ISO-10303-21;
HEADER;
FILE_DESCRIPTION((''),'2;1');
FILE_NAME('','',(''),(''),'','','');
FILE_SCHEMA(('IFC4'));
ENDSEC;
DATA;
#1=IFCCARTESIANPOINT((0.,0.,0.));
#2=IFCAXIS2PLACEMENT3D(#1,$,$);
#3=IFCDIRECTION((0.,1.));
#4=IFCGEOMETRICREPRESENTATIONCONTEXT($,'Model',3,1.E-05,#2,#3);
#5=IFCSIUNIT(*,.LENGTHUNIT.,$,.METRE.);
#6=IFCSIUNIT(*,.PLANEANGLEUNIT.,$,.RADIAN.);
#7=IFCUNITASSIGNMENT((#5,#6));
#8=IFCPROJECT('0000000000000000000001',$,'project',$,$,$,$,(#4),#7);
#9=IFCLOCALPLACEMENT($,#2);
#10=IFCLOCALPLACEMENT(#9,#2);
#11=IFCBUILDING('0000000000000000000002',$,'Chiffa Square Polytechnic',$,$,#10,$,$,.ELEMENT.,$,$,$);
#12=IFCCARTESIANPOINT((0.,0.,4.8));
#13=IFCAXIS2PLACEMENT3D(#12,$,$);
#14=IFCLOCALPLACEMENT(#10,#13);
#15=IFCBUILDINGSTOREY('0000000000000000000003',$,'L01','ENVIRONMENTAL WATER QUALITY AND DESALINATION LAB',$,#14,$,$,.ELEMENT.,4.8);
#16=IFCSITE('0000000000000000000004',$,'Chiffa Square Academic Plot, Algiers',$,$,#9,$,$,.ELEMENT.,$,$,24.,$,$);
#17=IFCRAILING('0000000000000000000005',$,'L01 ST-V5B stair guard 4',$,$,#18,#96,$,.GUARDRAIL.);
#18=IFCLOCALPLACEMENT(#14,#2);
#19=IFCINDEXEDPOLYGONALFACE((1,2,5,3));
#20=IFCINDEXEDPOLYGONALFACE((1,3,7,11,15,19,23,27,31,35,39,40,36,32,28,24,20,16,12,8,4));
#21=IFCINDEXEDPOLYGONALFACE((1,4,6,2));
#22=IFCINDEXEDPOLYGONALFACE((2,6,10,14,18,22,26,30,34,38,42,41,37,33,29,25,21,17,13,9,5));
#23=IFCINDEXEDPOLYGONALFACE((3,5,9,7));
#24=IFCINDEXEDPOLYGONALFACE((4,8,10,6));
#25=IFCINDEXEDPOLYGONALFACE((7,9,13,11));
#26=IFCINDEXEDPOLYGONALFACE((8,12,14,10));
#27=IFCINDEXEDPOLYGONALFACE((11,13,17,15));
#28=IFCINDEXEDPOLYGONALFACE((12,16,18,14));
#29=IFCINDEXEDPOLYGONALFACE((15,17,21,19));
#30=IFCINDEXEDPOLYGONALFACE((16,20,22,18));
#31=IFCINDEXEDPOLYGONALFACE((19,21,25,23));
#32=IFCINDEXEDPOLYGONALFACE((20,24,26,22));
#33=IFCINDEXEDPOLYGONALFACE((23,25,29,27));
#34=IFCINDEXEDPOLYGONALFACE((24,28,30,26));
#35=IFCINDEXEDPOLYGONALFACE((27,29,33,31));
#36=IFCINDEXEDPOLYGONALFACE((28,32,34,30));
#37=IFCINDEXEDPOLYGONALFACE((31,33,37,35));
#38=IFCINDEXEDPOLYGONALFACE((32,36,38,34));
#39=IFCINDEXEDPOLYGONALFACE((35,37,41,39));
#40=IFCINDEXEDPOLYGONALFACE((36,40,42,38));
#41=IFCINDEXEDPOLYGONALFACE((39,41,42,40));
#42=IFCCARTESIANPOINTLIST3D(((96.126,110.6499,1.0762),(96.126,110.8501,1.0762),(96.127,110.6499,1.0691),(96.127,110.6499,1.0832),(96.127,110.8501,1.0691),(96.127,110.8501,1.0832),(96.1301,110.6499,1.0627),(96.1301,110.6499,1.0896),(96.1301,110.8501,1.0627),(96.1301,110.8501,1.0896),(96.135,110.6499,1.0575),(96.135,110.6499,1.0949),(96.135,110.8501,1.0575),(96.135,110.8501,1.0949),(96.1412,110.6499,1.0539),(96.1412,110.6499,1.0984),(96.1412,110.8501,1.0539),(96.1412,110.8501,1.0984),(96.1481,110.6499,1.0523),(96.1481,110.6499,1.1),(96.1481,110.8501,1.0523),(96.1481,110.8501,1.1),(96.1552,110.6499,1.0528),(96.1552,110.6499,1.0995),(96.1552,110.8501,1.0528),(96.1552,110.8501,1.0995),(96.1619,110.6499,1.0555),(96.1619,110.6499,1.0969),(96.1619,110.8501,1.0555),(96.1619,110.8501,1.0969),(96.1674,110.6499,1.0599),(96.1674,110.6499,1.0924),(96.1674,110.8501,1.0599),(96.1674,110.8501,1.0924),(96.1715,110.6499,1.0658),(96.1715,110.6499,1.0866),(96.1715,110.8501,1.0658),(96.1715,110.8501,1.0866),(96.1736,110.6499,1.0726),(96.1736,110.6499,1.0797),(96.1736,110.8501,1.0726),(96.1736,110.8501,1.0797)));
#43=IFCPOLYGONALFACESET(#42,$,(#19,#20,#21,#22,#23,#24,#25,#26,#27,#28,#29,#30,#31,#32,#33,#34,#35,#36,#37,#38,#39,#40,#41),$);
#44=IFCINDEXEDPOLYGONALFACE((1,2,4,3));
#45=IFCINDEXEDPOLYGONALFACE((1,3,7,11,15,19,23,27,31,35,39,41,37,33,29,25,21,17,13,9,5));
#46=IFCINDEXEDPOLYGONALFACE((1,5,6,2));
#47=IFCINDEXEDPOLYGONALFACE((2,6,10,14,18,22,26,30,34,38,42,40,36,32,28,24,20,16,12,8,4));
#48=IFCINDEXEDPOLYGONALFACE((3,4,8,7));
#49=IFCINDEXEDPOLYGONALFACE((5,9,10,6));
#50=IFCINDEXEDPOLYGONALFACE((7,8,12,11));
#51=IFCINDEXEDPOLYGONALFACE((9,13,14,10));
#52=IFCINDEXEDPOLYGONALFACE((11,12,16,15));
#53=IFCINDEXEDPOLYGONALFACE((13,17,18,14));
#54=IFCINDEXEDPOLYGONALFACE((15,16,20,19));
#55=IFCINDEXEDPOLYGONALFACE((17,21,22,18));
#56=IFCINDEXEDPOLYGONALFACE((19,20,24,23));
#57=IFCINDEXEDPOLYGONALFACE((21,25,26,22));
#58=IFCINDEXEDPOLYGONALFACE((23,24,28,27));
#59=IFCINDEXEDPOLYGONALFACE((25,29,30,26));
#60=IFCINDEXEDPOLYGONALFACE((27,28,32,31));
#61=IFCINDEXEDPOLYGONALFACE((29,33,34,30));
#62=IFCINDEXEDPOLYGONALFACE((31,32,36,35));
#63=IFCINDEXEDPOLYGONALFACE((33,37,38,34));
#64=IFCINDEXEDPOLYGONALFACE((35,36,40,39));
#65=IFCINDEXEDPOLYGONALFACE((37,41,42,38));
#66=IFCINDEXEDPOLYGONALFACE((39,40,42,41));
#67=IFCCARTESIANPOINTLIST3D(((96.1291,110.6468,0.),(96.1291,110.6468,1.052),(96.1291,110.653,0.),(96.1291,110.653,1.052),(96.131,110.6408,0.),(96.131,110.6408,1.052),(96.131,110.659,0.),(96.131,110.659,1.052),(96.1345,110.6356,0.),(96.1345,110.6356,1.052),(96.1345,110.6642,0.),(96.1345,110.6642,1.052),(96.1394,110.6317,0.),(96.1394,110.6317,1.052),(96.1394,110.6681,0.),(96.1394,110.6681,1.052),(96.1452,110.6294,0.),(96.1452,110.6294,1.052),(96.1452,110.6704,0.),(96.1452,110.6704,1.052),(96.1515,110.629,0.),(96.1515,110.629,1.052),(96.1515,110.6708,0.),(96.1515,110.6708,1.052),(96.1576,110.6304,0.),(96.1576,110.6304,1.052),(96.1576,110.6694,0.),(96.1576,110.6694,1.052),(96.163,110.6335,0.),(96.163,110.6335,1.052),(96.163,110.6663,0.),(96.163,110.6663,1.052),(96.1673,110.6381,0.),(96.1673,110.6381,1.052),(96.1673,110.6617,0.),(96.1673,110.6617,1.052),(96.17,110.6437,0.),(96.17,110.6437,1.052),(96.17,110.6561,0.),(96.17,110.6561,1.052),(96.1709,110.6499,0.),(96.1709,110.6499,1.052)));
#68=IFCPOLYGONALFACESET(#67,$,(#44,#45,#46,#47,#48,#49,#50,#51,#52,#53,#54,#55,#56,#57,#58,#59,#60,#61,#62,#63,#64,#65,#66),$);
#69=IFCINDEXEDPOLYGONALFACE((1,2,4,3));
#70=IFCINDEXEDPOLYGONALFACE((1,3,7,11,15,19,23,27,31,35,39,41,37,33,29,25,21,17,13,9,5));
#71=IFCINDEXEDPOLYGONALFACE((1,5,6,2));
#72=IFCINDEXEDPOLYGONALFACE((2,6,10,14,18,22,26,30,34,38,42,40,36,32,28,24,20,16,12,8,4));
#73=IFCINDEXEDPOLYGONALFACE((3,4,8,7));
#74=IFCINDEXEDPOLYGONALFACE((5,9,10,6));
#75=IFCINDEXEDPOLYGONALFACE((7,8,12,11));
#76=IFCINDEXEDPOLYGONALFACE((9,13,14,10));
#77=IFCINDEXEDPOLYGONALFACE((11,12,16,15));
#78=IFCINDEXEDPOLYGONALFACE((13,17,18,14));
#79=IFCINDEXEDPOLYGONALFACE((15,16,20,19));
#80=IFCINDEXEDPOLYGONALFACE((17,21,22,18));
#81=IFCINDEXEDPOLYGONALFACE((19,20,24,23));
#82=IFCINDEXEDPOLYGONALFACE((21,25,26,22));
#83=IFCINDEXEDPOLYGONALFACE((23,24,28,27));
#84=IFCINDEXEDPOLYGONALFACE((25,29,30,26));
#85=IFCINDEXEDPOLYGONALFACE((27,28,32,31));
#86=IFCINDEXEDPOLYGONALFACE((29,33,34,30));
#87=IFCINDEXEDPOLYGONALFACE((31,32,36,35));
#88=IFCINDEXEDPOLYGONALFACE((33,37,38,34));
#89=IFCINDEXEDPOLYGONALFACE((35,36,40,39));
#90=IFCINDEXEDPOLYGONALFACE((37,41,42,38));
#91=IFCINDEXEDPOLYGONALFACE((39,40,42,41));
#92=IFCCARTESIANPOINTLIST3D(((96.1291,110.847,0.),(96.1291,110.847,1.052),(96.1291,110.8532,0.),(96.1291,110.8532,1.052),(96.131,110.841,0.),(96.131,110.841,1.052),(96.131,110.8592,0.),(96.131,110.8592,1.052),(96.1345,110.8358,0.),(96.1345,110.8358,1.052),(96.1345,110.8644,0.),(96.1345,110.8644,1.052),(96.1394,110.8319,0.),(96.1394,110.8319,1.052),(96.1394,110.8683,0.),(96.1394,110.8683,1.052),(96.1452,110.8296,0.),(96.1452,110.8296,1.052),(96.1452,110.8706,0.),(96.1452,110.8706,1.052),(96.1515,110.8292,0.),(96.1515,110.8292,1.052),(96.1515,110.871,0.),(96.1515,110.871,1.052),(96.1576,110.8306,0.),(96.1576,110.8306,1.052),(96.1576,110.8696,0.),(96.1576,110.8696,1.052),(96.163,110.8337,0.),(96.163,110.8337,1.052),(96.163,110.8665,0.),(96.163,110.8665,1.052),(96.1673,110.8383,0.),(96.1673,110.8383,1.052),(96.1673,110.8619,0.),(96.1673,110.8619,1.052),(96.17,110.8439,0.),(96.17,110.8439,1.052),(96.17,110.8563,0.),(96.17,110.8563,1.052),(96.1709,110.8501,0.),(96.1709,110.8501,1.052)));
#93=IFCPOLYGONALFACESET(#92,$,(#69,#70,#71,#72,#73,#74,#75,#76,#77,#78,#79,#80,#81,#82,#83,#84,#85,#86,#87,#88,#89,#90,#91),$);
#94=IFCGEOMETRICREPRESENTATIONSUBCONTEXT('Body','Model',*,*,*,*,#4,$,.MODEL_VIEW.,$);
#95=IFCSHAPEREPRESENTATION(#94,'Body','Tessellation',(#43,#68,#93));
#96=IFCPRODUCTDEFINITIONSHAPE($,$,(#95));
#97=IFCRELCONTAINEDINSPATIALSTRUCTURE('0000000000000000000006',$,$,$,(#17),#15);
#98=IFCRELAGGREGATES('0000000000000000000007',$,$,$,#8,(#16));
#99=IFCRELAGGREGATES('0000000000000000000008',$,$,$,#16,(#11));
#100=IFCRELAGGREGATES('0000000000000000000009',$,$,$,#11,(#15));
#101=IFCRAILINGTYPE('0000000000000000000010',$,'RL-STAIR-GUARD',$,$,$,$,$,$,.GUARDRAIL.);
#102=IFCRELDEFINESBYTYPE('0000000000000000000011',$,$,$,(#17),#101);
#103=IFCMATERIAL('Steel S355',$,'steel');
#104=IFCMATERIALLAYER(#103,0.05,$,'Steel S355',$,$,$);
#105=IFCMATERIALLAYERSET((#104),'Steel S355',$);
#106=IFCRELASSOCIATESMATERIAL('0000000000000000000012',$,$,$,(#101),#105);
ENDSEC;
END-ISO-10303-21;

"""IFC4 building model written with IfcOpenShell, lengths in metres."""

from ifc_helpers import new_model, si_unit, direction, frame, origin, origin_2d, place, context, subcontext, project, spatial, circle, extrude, material, layer, layer_set, type_object, element, save


model = new_model("IFC4")

# Units and contexts
model_context = context("Model", 3, precision=1e-05, world=origin(), true_north=direction((0.0, 1.0)))
body_context = subcontext(model_context, "Body", "Model", "MODEL_VIEW")
ifc_project = project(units=[si_unit("LENGTHUNIT", "METRE"), si_unit("PLANEANGLEUNIT", "RADIAN")], contexts=[model_context])

# Site, building, storey
site_placement = place(None, origin())
site = spatial("IfcSite", under=ifc_project, at=site_placement, Name="Chiffa Square Academic Plot, Algiers", CompositionType="ELEMENT", RefElevation=24.0)
building_placement = place(site_placement, origin())
building = spatial("IfcBuilding", under=site, at=building_placement, Name="Chiffa Square Polytechnic", CompositionType="ELEMENT")
storey_placement = place(building_placement, frame((0.0, 0.0, 4.8)))
storey = spatial("IfcBuildingStorey", under=building, at=storey_placement, Name="L01", Description="ENVIRONMENTAL WATER QUALITY AND DESALINATION LAB", CompositionType="ELEMENT", Elevation=4.8)

# Railing
ifc_material_1 = material(Name="Steel S355", Category="steel")
ifc_layer_1 = layer(ifc_material_1, 0.05, Name="Steel S355")
ifc_layer_set_1 = layer_set([ifc_layer_1], Name="Steel S355")
railing_type_1 = type_object("IfcRailingType", Name="RL-STAIR-GUARD", PredefinedType="GUARDRAIL", material=ifc_layer_set_1)
railing_1_placement = place(storey_placement, frame((96.1499, 110.6499, 0.0)))
element("IfcRailing", 1, at=railing_1_placement, inside=storey, type_object=railing_type_1, Name="L01 ST-V5B stair guard 4", PredefinedType="GUARDRAIL", context=body_context, shape_type="SweptSolid", body=[
    extrude(circle(Radius=0.0239, at=origin_2d()), frame((0.0, 0.0, 1.0762), z_axis=(0.0, 1.0, 0.0), x_axis=(-1.0, 0.0, 0.0)), (0.0, 0.0, 1.0), 0.2002),
    extrude(circle(Radius=0.021, at=origin_2d()), origin(), (0.0, 0.0, 1.0), 1.052),
    extrude(circle(Radius=0.021, at=origin_2d()), frame((0.0, 0.2002, 0.0)), (0.0, 0.0, 1.0), 1.052),
])

save(model, "model.ifc")
